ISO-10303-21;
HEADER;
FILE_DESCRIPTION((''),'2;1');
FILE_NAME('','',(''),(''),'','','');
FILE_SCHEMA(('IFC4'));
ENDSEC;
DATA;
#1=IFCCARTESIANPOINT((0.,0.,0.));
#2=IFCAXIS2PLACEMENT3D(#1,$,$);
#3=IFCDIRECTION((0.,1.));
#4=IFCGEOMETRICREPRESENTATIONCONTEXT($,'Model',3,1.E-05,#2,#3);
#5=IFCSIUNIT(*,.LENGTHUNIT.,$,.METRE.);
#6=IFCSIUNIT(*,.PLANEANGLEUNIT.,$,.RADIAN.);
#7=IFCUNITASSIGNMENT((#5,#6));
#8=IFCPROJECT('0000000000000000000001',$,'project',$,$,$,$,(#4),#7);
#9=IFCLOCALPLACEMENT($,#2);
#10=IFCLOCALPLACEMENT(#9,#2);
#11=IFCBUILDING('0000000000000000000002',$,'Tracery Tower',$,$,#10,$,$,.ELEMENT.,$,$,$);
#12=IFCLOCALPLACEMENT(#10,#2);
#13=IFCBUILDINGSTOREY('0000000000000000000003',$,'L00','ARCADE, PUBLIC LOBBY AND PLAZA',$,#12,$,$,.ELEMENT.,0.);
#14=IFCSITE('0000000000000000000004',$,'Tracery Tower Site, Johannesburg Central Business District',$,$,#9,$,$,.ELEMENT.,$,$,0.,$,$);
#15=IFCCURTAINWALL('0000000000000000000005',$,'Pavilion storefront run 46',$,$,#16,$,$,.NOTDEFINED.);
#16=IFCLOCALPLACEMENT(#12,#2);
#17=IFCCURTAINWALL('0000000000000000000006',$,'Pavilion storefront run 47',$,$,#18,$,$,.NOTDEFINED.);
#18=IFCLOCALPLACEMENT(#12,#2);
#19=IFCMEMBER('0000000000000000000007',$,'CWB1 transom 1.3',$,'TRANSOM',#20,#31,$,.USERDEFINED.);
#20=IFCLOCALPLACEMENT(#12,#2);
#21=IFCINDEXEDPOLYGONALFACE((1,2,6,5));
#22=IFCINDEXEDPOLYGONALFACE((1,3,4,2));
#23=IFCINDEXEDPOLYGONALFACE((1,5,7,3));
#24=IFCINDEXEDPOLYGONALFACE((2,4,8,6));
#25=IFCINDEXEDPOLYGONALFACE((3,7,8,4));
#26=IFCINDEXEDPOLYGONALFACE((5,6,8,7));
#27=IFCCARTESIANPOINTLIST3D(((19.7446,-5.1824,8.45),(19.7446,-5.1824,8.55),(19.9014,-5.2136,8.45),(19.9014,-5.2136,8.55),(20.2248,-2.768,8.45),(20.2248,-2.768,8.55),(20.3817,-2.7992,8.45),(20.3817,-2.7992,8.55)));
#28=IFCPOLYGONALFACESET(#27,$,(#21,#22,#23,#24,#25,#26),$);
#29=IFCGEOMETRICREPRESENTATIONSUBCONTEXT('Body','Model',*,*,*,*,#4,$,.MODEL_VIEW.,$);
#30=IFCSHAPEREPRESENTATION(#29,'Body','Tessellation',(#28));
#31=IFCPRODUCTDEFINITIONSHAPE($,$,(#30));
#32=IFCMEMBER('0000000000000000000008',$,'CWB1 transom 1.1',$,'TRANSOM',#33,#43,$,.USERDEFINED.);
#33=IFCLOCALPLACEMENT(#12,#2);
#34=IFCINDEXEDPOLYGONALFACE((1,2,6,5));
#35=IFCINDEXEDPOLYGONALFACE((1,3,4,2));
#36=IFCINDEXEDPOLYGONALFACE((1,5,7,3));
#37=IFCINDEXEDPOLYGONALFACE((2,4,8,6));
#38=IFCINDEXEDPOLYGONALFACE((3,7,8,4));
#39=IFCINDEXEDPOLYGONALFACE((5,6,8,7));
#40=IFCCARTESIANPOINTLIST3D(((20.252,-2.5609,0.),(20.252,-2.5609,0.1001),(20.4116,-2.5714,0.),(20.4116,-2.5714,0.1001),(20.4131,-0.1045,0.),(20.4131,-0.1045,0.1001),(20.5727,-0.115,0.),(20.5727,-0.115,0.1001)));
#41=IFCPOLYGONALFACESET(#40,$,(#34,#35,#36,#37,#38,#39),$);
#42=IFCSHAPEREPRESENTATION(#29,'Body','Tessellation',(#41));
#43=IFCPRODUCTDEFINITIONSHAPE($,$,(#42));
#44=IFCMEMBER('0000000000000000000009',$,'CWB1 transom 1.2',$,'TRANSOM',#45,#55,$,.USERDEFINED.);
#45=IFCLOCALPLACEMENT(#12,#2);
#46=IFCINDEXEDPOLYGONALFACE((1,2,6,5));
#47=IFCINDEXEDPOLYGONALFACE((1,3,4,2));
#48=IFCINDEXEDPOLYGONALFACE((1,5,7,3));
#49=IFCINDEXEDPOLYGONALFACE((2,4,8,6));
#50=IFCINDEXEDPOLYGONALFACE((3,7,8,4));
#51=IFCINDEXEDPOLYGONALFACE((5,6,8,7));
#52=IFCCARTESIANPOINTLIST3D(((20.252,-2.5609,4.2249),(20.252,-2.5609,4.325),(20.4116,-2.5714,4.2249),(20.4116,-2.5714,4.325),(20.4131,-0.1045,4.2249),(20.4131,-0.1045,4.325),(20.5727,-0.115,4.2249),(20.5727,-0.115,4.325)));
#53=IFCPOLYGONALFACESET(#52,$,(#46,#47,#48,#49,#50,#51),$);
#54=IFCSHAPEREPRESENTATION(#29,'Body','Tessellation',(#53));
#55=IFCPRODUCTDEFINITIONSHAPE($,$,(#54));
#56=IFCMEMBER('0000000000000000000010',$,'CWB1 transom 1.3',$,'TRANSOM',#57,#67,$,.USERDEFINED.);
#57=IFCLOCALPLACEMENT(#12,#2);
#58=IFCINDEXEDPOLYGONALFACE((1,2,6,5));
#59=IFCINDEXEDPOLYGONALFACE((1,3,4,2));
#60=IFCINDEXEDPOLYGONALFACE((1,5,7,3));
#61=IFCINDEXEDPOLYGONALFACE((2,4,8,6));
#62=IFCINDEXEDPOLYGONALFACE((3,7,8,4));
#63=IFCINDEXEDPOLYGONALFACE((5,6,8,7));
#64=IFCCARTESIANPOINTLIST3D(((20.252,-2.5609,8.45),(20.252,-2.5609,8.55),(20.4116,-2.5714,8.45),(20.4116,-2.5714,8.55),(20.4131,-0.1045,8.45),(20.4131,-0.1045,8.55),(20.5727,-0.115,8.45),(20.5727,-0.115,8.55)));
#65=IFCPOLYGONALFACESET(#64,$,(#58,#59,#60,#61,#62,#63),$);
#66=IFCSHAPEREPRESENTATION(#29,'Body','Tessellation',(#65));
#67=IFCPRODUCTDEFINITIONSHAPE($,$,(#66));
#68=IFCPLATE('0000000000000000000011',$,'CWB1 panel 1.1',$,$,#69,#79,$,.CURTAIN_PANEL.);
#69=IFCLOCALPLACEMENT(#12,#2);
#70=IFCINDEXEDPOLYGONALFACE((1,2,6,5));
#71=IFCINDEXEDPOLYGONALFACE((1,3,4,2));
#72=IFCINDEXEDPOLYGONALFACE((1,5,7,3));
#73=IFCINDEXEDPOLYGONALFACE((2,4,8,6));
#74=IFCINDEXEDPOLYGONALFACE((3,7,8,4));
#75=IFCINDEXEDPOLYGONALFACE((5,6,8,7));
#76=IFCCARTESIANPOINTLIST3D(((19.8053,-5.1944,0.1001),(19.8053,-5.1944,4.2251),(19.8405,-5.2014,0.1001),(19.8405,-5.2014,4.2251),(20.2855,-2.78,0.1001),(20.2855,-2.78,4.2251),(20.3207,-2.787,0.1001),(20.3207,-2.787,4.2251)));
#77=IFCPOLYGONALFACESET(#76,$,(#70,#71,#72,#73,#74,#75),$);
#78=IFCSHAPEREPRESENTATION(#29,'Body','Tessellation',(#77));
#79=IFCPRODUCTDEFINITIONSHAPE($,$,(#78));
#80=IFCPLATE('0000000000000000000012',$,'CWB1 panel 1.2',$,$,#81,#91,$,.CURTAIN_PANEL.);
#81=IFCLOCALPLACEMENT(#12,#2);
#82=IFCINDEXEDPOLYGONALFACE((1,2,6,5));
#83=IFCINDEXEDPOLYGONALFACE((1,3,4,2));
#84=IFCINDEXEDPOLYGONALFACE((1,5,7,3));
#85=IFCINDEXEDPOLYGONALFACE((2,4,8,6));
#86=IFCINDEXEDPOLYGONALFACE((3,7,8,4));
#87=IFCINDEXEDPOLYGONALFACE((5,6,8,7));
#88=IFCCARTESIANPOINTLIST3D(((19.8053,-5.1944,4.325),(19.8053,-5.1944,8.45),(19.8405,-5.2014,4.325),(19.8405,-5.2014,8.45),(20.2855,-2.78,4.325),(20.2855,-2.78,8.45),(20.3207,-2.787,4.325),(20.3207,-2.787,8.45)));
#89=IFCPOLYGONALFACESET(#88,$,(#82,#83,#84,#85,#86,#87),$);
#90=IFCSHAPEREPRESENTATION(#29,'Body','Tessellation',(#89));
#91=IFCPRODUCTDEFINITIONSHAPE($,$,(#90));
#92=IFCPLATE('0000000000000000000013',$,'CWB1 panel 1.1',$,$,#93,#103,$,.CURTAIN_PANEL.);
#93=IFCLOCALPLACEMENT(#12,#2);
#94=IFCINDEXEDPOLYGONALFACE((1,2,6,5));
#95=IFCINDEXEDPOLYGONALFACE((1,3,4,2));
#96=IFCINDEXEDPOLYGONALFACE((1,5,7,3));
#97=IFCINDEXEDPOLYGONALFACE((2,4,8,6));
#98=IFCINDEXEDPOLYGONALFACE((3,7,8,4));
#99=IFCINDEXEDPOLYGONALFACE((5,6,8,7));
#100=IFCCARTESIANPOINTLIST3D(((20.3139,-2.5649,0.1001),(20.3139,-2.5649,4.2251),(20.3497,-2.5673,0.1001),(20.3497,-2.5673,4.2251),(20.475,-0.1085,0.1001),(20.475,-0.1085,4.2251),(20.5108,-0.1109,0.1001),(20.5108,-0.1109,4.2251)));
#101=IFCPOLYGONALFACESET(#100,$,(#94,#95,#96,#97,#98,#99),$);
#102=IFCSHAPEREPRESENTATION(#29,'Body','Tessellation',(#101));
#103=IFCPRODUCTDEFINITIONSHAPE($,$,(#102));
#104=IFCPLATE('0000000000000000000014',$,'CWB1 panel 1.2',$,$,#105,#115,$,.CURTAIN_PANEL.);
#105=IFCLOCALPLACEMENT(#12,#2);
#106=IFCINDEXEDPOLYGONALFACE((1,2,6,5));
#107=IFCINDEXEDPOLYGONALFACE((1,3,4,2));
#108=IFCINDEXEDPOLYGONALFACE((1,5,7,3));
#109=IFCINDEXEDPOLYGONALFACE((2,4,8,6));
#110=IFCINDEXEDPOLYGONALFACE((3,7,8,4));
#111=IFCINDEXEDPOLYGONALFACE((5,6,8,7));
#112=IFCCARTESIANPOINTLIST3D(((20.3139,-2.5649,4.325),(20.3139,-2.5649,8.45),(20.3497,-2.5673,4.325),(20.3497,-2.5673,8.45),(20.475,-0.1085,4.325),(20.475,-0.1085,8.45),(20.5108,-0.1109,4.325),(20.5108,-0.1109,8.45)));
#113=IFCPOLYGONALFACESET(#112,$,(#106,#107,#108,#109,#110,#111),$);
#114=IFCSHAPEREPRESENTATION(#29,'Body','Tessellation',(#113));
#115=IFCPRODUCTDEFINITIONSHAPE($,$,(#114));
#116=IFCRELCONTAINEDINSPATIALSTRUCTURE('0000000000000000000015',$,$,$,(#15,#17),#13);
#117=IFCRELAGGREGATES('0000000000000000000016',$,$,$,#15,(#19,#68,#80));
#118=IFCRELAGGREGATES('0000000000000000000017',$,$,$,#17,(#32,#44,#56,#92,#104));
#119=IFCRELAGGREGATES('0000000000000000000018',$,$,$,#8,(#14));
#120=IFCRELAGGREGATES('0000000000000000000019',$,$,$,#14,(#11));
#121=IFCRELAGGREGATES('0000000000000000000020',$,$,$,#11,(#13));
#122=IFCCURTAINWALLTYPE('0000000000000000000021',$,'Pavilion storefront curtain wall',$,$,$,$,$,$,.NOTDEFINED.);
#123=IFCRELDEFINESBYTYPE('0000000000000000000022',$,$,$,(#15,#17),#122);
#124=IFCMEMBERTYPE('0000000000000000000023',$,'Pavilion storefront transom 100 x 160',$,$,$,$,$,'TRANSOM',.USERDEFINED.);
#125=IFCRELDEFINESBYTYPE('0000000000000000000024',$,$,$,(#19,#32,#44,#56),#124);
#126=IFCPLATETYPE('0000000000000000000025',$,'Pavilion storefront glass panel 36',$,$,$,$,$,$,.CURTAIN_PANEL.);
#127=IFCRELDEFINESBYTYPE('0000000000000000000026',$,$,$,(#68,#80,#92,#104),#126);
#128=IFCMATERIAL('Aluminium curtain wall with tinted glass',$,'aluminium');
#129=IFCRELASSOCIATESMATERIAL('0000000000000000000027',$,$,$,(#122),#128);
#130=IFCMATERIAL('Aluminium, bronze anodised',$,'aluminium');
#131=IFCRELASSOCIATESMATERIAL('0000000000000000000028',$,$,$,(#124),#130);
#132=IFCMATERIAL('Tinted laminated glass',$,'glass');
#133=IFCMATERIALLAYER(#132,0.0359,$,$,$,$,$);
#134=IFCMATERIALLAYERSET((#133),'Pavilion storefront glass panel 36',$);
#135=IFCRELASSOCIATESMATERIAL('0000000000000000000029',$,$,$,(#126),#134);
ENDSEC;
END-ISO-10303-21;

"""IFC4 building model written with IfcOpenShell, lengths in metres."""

from ifc_helpers import new_model, si_unit, direction, frame, origin, origin_2d, place, context, subcontext, project, spatial, rectangle, extrude, material, layer, layer_set, material_profile, profile_set, type_object, element, aggregate, save


model = new_model("IFC4")

# Units and contexts
model_context = context("Model", 3, precision=1e-05, world=origin(), true_north=direction((0.0, 1.0)))
body_context = subcontext(model_context, "Body", "Model", "MODEL_VIEW")
ifc_project = project(units=[si_unit("LENGTHUNIT", "METRE"), si_unit("PLANEANGLEUNIT", "RADIAN")], contexts=[model_context])

# Site, building, storey
site_placement = place(None, origin())
site = spatial("IfcSite", under=ifc_project, at=site_placement, Name="Tracery Tower Site, Johannesburg Central Business District", CompositionType="ELEMENT", RefElevation=0.0)
building_placement = place(site_placement, origin())
building = spatial("IfcBuilding", under=site, at=building_placement, Name="Tracery Tower", CompositionType="ELEMENT")
storey_placement = place(building_placement, origin())
storey = spatial("IfcBuildingStorey", under=building, at=storey_placement, Name="L00", Description="ARCADE, PUBLIC LOBBY AND PLAZA", CompositionType="ELEMENT", Elevation=0.0)

# Curtain walls
ifc_material_1 = material(Name="Aluminium curtain wall with tinted glass", Category="aluminium")
curtain_wall_type = type_object("IfcCurtainWallType", Name="Pavilion storefront curtain wall", PredefinedType="NOTDEFINED", material=ifc_material_1)
curtain_wall_1_placement = place(storey_placement, origin())
curtain_wall_1 = element("IfcCurtainWall", 1, at=curtain_wall_1_placement, inside=storey, type_object=curtain_wall_type, Name="Pavilion storefront run 46", PredefinedType="NOTDEFINED")
curtain_wall_2_placement = place(storey_placement, origin())
curtain_wall_2 = element("IfcCurtainWall", 2, at=curtain_wall_2_placement, inside=storey, type_object=curtain_wall_type, Name="Pavilion storefront run 47", PredefinedType="NOTDEFINED")

# Members
ifc_material_2 = material(Name="Aluminium, bronze anodised", Category="aluminium")
ifc_material_profile_1 = material_profile(ifc_material_2, rectangle(XDim=0.1599, YDim=0.1001, at=origin_2d()), Name="Pavilion storefront transom 100 x 160")
ifc_profile_set_1 = profile_set([ifc_material_profile_1], Name="Aluminium, bronze anodised")
member_type_1 = type_object("IfcMemberType", Name="Pavilion storefront transom 100 x 160", ElementType="TRANSOM", PredefinedType="USERDEFINED", material=ifc_profile_set_1)
member_1_placement = place(storey_placement, frame((19.823, -5.198, 8.5), z_axis=(0.195086, 0.980786, 0.0), x_axis=(-0.980786, 0.195086, 0.0)))
member_1 = element("IfcMember", 3, at=member_1_placement, type_object=member_type_1, Name="CWB1 transom 1.3", ObjectType="TRANSOM", PredefinedType="USERDEFINED", context=body_context, shape_type="SweptSolid", body=[
    extrude(rectangle(XDim=0.1599, YDim=0.1001, at=origin_2d()), origin(), (0.0, 0.0, 1.0), 2.4617),
])
member_2_placement = place(storey_placement, frame((20.3318, -2.5662, 0.05), z_axis=(0.065459, 0.997855, 0.0), x_axis=(-0.997855, 0.065459, 0.0)))
member_2 = element("IfcMember", 4, at=member_2_placement, type_object=member_type_1, Name="CWB1 transom 1.1", ObjectType="TRANSOM", PredefinedType="USERDEFINED", context=body_context, shape_type="SweptSolid", body=[
    extrude(rectangle(XDim=0.1599, YDim=0.1001, at=origin_2d()), origin(), (0.0, 0.0, 1.0), 2.4617),
])
member_3_placement = place(storey_placement, frame((20.3318, -2.5662, 4.2749), z_axis=(0.065459, 0.997855, 0.0), x_axis=(-0.997855, 0.065459, 0.0)))
member_3 = element("IfcMember", 5, at=member_3_placement, type_object=member_type_1, Name="CWB1 transom 1.2", ObjectType="TRANSOM", PredefinedType="USERDEFINED", context=body_context, shape_type="SweptSolid", body=[
    extrude(rectangle(XDim=0.1599, YDim=0.1001, at=origin_2d()), origin(), (0.0, 0.0, 1.0), 2.4617),
])
member_4_placement = place(storey_placement, frame((20.3318, -2.5662, 8.5), z_axis=(0.065459, 0.997855, 0.0), x_axis=(-0.997855, 0.065459, 0.0)))
member_4 = element("IfcMember", 6, at=member_4_placement, type_object=member_type_1, Name="CWB1 transom 1.3", ObjectType="TRANSOM", PredefinedType="USERDEFINED", context=body_context, shape_type="SweptSolid", body=[
    extrude(rectangle(XDim=0.1599, YDim=0.1001, at=origin_2d()), origin(), (0.0, 0.0, 1.0), 2.4617),
])

# Plates
ifc_material_3 = material(Name="Tinted laminated glass", Category="glass")
ifc_layer = layer(ifc_material_3, 0.0359)
ifc_layer_set = layer_set([ifc_layer], Name="Pavilion storefront glass panel 36")
plate_type = type_object("IfcPlateType", Name="Pavilion storefront glass panel 36", PredefinedType="CURTAIN_PANEL", material=ifc_layer_set)
plate_1_placement = place(storey_placement, frame((20.063, -3.9907, 0.1001), z_axis=(0.0, 0.0, 1.0), x_axis=(0.195074, 0.980789, 0.0)))
plate_1 = element("IfcPlate", 7, at=plate_1_placement, type_object=plate_type, Name="CWB1 panel 1.1", PredefinedType="CURTAIN_PANEL", context=body_context, shape_type="SweptSolid", body=[
    extrude(rectangle(XDim=2.4617, YDim=0.0359, at=origin_2d()), origin(), (0.0, 0.0, 1.0), 4.125),
])
plate_2_placement = place(storey_placement, frame((20.063, -3.9907, 4.325), z_axis=(0.0, 0.0, 1.0), x_axis=(0.195074, 0.980789, 0.0)))
plate_2 = element("IfcPlate", 8, at=plate_2_placement, type_object=plate_type, Name="CWB1 panel 1.2", PredefinedType="CURTAIN_PANEL", context=body_context, shape_type="SweptSolid", body=[
    extrude(rectangle(XDim=2.4617, YDim=0.0359, at=origin_2d()), origin(), (0.0, 0.0, 1.0), 4.125),
])
aggregate(curtain_wall_1, [member_1, plate_1, plate_2])
plate_3_placement = place(storey_placement, frame((20.4124, -1.3379, 0.1001), z_axis=(0.0, 0.0, 1.0), x_axis=(0.065422, 0.997858, 0.0)))
plate_3 = element("IfcPlate", 9, at=plate_3_placement, type_object=plate_type, Name="CWB1 panel 1.1", PredefinedType="CURTAIN_PANEL", context=body_context, shape_type="SweptSolid", body=[
    extrude(rectangle(XDim=2.4617, YDim=0.0359, at=origin_2d()), origin(), (0.0, 0.0, 1.0), 4.125),
])
plate_4_placement = place(storey_placement, frame((20.4124, -1.3379, 4.325), z_axis=(0.0, 0.0, 1.0), x_axis=(0.065422, 0.997858, 0.0)))
plate_4 = element("IfcPlate", 10, at=plate_4_placement, type_object=plate_type, Name="CWB1 panel 1.2", PredefinedType="CURTAIN_PANEL", context=body_context, shape_type="SweptSolid", body=[
    extrude(rectangle(XDim=2.4617, YDim=0.0359, at=origin_2d()), origin(), (0.0, 0.0, 1.0), 4.125),
])
aggregate(curtain_wall_2, [member_2, member_3, member_4, plate_3, plate_4])

save(model, "model.ifc")
